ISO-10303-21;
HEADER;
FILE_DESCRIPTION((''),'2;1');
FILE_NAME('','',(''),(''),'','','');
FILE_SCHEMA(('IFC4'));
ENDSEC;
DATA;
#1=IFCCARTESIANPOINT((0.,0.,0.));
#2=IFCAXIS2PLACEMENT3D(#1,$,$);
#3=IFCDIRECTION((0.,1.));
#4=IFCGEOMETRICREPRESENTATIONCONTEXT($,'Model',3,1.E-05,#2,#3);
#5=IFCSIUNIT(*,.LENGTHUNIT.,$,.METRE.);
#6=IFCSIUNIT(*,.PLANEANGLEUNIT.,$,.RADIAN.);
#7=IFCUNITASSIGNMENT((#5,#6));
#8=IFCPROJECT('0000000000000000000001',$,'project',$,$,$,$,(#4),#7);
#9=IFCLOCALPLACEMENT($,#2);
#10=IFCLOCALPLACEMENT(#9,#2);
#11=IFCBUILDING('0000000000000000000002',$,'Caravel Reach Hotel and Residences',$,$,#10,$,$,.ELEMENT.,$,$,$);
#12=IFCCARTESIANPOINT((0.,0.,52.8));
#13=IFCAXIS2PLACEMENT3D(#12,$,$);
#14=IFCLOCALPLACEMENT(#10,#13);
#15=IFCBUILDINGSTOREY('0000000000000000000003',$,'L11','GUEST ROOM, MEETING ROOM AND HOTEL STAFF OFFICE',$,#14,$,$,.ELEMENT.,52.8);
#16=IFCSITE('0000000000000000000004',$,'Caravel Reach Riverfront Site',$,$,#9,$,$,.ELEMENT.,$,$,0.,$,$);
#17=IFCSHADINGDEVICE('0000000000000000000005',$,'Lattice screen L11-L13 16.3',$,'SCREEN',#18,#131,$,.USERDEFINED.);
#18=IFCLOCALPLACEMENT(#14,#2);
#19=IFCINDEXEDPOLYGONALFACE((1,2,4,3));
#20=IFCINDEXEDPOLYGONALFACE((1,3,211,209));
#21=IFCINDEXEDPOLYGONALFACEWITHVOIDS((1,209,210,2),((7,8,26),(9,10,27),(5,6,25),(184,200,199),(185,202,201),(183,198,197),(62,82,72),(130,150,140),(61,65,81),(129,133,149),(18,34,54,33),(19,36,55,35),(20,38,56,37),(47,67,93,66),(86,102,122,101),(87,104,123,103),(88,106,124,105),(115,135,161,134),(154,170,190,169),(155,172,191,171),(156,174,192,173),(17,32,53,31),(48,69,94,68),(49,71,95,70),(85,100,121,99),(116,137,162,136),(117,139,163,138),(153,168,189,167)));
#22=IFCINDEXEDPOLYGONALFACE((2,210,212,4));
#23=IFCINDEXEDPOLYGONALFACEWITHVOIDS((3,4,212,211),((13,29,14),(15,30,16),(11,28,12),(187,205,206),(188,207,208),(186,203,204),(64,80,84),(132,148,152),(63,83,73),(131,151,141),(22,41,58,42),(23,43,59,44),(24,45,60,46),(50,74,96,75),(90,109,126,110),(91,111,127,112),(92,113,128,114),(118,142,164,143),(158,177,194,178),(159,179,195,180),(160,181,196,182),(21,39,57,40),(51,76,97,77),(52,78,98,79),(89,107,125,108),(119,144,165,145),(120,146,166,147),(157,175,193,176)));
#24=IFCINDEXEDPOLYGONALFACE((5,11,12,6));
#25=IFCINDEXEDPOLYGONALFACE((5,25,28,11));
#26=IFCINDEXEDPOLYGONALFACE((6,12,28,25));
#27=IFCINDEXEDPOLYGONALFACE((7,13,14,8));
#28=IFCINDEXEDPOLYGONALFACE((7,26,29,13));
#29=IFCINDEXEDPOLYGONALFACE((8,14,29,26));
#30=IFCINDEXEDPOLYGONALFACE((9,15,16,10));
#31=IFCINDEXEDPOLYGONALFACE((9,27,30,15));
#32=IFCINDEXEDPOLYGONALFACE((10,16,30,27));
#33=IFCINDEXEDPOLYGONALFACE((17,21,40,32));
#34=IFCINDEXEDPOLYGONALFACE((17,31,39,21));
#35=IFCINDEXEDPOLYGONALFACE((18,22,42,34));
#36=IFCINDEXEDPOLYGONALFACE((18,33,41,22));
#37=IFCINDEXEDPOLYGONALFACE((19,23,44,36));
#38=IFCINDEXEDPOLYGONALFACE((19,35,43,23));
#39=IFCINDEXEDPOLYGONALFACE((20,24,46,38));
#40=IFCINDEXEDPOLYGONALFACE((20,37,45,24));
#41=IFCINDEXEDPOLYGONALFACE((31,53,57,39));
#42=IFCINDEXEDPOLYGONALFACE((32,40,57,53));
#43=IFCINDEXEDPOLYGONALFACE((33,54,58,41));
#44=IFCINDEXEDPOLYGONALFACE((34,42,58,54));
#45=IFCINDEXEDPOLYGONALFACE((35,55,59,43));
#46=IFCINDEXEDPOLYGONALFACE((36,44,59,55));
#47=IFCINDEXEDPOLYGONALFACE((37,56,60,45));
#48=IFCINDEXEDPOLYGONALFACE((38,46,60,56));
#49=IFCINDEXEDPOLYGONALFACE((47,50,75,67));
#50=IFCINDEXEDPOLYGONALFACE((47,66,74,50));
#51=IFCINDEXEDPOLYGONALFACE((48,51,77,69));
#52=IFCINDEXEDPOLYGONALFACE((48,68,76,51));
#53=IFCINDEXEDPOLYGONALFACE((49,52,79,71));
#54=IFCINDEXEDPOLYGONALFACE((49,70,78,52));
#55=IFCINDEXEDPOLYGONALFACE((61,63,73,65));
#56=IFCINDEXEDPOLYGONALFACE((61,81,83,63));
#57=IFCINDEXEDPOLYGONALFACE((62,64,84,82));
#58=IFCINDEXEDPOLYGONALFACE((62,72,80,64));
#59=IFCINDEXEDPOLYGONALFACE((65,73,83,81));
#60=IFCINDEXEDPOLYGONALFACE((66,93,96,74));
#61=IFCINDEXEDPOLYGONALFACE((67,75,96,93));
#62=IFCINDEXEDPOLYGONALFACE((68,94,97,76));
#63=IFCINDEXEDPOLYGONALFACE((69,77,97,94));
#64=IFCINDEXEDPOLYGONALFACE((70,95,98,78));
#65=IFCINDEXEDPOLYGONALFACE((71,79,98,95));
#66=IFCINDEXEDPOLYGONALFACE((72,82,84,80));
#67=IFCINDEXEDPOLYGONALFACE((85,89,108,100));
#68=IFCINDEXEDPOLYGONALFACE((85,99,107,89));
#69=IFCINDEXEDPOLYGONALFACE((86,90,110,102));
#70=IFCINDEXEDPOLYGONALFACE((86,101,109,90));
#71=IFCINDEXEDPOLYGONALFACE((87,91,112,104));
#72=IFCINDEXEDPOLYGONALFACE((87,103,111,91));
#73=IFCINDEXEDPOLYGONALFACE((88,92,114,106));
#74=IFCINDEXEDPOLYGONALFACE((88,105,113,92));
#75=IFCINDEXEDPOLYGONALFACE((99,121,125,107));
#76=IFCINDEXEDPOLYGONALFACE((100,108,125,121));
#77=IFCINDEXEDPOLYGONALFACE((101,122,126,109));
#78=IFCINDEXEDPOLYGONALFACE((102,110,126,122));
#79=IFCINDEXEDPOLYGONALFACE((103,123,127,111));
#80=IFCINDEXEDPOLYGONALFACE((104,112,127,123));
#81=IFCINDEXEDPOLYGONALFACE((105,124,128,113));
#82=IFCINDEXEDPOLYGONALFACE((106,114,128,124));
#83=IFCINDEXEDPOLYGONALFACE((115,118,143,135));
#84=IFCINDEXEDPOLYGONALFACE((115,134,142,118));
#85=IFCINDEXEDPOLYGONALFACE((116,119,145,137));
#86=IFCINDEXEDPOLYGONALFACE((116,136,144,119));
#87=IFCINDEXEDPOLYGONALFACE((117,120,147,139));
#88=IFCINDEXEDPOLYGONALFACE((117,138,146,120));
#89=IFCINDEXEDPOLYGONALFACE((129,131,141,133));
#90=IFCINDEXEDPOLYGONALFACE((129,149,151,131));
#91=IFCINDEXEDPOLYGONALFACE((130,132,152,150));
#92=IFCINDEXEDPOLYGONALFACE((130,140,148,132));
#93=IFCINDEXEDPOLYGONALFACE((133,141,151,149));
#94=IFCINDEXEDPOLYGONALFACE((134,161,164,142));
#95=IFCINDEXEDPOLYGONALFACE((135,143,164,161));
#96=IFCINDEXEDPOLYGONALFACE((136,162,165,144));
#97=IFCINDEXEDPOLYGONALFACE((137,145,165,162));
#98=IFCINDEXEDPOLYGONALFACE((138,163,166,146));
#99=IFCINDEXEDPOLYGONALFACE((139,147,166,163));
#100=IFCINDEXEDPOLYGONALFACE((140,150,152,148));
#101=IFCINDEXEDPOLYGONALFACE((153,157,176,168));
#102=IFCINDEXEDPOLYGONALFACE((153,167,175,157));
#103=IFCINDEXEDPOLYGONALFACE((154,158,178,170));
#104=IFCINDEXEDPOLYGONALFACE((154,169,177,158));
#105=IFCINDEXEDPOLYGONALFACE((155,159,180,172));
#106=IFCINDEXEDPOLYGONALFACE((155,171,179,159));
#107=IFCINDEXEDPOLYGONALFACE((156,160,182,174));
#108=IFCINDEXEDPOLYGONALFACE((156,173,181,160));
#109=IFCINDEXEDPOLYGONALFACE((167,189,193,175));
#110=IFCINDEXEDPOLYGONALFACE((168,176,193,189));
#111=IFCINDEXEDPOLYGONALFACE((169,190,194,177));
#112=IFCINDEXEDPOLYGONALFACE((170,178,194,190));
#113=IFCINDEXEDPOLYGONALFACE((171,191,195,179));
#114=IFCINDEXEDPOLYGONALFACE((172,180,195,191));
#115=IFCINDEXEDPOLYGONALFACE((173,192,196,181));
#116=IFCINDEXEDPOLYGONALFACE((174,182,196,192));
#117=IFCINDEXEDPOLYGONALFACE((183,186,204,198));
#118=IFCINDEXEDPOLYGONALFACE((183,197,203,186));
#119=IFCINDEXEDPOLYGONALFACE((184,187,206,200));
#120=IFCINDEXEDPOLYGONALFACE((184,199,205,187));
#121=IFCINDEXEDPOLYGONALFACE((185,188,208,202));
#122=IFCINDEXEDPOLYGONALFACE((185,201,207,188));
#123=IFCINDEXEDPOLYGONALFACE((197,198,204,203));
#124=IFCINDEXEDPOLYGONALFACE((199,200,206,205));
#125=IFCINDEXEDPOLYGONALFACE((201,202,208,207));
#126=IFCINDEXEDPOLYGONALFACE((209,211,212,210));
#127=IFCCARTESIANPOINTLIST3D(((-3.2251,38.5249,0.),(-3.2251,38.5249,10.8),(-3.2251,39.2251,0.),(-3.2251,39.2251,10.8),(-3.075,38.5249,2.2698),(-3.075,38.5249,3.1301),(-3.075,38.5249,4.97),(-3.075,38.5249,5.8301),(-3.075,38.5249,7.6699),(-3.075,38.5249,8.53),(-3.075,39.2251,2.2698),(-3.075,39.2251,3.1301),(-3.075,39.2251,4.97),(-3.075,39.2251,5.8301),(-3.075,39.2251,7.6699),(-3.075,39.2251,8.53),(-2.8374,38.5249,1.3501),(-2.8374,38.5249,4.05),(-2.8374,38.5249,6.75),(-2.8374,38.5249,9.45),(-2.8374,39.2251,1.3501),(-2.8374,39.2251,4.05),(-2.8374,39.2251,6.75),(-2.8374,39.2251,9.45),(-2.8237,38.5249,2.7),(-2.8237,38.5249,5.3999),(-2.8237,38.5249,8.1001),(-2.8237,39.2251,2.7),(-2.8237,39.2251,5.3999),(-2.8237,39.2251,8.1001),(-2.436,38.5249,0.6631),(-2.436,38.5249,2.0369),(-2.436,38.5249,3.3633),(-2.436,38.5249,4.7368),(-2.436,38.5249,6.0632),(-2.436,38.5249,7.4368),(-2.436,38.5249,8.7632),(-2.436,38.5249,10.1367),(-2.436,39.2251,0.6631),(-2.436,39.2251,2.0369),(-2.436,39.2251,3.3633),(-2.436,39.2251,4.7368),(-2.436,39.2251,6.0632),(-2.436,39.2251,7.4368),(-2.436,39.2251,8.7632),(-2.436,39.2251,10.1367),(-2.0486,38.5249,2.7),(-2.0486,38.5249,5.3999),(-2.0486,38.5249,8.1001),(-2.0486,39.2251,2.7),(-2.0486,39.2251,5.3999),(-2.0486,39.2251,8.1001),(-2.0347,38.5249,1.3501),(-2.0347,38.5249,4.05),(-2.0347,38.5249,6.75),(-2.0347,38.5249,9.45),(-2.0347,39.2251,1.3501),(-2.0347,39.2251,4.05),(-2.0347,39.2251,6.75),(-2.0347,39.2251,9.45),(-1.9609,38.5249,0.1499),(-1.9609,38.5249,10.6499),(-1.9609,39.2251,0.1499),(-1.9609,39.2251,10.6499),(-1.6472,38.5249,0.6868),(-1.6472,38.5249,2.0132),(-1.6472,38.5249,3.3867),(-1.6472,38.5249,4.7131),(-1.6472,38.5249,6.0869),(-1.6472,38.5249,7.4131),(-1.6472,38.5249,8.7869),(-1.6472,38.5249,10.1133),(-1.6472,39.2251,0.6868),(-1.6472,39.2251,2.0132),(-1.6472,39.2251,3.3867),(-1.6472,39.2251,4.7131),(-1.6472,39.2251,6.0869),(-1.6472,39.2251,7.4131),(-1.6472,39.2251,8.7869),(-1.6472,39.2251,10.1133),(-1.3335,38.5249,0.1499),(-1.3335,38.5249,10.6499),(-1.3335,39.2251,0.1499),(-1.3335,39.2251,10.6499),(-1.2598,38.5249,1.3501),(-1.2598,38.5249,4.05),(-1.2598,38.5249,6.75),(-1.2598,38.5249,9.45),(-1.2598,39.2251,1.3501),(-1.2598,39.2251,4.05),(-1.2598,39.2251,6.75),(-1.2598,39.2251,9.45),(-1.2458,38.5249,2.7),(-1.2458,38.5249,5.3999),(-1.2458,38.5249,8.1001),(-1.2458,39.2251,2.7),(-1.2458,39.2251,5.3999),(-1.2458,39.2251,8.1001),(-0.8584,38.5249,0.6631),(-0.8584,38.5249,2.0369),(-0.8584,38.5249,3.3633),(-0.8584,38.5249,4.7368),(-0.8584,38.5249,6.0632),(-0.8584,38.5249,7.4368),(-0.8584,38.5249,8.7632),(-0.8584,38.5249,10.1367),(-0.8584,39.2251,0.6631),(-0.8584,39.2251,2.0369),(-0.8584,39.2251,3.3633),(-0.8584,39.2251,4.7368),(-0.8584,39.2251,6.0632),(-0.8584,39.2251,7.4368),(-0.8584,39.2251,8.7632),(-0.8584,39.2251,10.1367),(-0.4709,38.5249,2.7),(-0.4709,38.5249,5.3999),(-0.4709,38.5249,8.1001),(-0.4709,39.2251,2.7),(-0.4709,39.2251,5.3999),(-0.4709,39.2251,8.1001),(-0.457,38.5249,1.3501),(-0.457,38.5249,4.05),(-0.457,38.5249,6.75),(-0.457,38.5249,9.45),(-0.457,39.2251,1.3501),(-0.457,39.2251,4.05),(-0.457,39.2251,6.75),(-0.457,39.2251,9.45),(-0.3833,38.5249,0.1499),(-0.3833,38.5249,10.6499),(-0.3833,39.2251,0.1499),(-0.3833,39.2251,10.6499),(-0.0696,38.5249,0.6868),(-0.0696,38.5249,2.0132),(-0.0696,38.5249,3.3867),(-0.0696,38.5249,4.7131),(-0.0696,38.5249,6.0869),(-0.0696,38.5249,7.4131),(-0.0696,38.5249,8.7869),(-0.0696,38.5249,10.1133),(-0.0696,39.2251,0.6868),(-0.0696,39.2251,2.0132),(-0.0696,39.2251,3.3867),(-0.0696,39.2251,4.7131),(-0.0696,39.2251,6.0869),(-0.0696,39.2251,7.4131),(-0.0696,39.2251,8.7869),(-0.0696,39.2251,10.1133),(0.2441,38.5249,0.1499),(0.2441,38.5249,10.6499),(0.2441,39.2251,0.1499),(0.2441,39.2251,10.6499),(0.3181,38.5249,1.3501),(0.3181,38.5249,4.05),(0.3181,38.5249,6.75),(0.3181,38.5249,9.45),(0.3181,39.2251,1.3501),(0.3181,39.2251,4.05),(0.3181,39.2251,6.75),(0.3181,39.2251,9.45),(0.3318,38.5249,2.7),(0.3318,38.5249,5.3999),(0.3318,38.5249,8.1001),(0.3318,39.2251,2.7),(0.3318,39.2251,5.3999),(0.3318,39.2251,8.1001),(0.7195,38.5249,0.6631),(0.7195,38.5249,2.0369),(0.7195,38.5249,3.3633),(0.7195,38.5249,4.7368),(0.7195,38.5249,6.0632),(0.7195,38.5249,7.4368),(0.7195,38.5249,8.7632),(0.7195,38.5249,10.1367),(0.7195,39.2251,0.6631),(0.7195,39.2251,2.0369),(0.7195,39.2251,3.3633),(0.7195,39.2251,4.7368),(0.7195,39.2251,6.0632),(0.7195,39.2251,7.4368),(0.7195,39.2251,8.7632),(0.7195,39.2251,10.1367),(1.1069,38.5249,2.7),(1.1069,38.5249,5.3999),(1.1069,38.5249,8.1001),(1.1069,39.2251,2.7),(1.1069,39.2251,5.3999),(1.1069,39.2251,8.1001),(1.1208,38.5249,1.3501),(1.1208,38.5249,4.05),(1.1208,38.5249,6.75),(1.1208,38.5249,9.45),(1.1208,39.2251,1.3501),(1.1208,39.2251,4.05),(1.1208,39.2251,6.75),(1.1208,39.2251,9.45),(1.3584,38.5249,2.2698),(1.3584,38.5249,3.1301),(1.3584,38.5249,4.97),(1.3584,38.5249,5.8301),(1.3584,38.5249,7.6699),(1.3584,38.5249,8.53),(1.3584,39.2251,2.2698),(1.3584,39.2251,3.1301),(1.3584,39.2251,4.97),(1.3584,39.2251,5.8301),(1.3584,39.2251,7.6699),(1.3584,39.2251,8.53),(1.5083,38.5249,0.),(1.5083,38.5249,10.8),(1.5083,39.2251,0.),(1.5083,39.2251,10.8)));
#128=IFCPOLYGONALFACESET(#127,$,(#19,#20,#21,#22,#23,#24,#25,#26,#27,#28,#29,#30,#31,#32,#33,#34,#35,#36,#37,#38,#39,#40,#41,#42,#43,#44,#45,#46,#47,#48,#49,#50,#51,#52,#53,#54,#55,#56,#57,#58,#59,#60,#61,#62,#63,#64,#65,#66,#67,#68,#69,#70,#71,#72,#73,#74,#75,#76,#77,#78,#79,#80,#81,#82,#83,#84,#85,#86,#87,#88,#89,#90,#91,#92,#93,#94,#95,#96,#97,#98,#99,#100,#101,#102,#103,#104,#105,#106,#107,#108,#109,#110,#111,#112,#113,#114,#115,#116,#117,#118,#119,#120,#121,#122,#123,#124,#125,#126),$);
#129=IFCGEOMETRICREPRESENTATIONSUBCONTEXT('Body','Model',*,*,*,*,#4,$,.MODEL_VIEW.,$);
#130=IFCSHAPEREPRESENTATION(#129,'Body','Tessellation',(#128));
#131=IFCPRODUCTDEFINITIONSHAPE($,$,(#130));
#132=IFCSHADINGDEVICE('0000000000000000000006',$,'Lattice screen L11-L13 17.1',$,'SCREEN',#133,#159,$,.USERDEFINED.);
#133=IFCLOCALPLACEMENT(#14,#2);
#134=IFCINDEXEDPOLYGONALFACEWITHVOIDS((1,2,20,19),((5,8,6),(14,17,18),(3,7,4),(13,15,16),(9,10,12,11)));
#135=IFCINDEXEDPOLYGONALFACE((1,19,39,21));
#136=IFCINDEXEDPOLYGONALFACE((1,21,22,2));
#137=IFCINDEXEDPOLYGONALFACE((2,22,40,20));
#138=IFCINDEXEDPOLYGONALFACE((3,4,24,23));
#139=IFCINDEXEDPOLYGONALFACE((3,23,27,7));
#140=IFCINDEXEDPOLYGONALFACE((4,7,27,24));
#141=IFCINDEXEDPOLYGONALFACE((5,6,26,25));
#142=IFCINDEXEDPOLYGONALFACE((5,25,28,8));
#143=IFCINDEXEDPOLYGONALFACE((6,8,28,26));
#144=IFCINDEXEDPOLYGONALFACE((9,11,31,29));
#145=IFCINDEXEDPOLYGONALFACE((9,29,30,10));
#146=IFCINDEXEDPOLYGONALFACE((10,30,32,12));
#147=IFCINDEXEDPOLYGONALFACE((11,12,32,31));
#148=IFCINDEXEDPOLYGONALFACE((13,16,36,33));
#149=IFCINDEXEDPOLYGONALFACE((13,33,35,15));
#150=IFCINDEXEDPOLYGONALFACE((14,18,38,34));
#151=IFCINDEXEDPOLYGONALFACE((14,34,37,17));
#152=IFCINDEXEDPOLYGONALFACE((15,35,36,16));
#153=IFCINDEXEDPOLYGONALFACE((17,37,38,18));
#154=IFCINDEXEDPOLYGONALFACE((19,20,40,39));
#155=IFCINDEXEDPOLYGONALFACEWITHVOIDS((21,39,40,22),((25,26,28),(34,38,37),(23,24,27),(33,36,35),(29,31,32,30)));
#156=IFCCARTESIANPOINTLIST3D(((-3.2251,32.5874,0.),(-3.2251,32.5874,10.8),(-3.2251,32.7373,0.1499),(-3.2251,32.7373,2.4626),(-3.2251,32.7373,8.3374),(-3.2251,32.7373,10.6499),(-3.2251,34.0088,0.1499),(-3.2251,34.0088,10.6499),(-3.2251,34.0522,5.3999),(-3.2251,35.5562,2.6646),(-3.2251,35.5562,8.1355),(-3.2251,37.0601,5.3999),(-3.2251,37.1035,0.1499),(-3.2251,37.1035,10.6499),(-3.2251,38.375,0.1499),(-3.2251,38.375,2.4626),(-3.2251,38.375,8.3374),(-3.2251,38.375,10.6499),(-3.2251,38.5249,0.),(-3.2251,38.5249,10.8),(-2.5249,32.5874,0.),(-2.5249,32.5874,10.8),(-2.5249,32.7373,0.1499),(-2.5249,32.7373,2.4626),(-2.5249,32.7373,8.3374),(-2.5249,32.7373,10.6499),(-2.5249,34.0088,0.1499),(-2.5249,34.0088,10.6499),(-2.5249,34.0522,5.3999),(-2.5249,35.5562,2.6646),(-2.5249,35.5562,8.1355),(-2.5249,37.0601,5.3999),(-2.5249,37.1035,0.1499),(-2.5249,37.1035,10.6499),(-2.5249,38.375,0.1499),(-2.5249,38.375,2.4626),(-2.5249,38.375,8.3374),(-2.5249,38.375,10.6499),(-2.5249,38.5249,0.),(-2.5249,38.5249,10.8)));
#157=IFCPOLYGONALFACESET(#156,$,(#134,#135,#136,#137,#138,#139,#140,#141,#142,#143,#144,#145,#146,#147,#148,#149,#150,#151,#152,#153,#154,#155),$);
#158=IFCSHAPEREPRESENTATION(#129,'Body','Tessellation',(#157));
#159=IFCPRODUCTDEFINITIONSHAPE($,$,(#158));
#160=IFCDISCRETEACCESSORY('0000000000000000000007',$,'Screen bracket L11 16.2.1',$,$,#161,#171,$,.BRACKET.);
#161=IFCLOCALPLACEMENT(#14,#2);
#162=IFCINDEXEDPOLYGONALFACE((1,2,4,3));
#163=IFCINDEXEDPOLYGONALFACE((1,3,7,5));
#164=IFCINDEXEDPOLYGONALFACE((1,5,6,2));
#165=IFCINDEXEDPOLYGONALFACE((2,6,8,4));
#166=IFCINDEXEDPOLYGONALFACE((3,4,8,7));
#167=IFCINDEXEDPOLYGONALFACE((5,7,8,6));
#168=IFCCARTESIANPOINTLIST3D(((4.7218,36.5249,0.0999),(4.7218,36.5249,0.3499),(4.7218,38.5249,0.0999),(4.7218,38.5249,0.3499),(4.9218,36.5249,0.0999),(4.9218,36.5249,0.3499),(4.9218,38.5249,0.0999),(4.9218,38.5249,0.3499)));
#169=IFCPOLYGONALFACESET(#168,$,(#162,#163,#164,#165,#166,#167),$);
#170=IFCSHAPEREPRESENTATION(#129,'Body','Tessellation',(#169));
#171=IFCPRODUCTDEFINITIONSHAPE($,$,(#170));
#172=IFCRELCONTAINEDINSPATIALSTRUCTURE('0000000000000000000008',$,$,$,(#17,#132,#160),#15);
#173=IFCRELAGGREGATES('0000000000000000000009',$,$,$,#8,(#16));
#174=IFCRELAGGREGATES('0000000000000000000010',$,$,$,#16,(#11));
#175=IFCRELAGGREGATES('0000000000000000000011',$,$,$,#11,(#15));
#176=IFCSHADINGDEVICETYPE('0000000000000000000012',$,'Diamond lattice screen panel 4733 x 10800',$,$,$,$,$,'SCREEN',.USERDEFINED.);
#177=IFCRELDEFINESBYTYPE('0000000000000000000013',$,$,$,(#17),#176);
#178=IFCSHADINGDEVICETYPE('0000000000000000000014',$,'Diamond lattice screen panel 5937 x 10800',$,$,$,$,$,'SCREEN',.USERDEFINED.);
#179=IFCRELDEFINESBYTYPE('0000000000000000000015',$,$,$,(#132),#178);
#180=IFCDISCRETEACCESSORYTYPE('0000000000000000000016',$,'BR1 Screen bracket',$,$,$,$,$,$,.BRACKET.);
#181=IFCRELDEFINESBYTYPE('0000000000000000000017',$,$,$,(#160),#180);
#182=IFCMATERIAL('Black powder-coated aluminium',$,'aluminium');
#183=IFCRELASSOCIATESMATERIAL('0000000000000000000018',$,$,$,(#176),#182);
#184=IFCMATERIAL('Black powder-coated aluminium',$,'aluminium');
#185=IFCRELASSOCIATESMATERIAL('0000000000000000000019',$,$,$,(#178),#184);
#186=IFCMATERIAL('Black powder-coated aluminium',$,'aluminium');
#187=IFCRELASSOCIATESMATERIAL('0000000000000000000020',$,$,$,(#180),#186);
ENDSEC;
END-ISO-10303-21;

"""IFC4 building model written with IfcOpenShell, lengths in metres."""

from ifc_helpers import new_model, si_unit, direction, frame, origin, origin_2d, place, context, subcontext, project, spatial, polyline, rectangle, outline, extrude, material, type_object, element, save


model = new_model("IFC4")

# Units and contexts
model_context = context("Model", 3, precision=1e-05, world=origin(), true_north=direction((0.0, 1.0)))
body_context = subcontext(model_context, "Body", "Model", "MODEL_VIEW")
ifc_project = project(units=[si_unit("LENGTHUNIT", "METRE"), si_unit("PLANEANGLEUNIT", "RADIAN")], contexts=[model_context])

# Site, building, storey
site_placement = place(None, origin())
site = spatial("IfcSite", under=ifc_project, at=site_placement, Name="Caravel Reach Riverfront Site", CompositionType="ELEMENT", RefElevation=0.0)
building_placement = place(site_placement, origin())
building = spatial("IfcBuilding", under=site, at=building_placement, Name="Caravel Reach Hotel and Residences", CompositionType="ELEMENT")
storey_placement = place(building_placement, frame((0.0, 0.0, 52.8)))
storey = spatial("IfcBuildingStorey", under=building, at=storey_placement, Name="L11", Description="GUEST ROOM, MEETING ROOM AND HOTEL STAFF OFFICE", CompositionType="ELEMENT", Elevation=52.8)

# Shading devices
ifc_material_1 = material(Name="Black powder-coated aluminium", Category="aluminium")
shading_device_type_1 = type_object("IfcShadingDeviceType", Name="Diamond lattice screen panel 4733 x 10800", ElementType="SCREEN", PredefinedType="USERDEFINED", material=ifc_material_1)
shading_device_1_placement = place(storey_placement, frame((1.5083, 38.5249, 0.0), z_axis=(0.0, 1.0, 0.0), x_axis=(-1.0, 0.0, 0.0)))
element("IfcShadingDevice", 1, at=shading_device_1_placement, inside=storey, type_object=shading_device_type_1, Name="Lattice screen L11-L13 16.3", ObjectType="SCREEN", PredefinedType="USERDEFINED", context=body_context, shape_type="SweptSolid", body=[
    extrude(outline(polyline([(0.0, 0.0), (4.7334, 0.0), (4.7334, 10.8), (0.0, 10.8), (0.0, 0.0)]), holes=[polyline([(0.4014, 2.7), (0.1499, 3.1301), (0.1499, 2.2698), (0.4014, 2.7)]), polyline([(0.4014, 5.3999), (0.1499, 5.8301), (0.1499, 4.97), (0.4014, 5.3999)]), polyline([(0.4014, 8.1001), (0.1499, 8.53), (0.1499, 7.6699), (0.4014, 8.1001)]), polyline([(0.7888, 2.0369), (0.3875, 1.3501), (0.7888, 0.6631), (1.1902, 1.3501), (0.7888, 2.0369)]), polyline([(0.7888, 4.7368), (0.3875, 4.05), (0.7888, 3.3633), (1.1902, 4.05), (0.7888, 4.7368)]), polyline([(0.7888, 7.4368), (0.3875, 6.75), (0.7888, 6.0632), (1.1902, 6.75), (0.7888, 7.4368)]), polyline([(0.7888, 10.1367), (0.3875, 9.45), (0.7888, 8.7632), (1.1902, 9.45), (0.7888, 10.1367)]), polyline([(1.5779, 0.6868), (1.2642, 0.1499), (1.8916, 0.1499), (1.5779, 0.6868)]), polyline([(1.5779, 3.3867), (1.1765, 2.7), (1.5779, 2.0132), (1.9792, 2.7), (1.5779, 3.3867)]), polyline([(1.5779, 6.0869), (1.1765, 5.3999), (1.5779, 4.7131), (1.9792, 5.3999), (1.5779, 6.0869)]), polyline([(1.5779, 8.7869), (1.1765, 8.1001), (1.5779, 7.4131), (1.9792, 8.1001), (1.5779, 8.7869)]), polyline([(1.5779, 10.1133), (1.8916, 10.6499), (1.2642, 10.6499), (1.5779, 10.1133)]), polyline([(2.3667, 2.0369), (1.9653, 1.3501), (2.3667, 0.6631), (2.7681, 1.3501), (2.3667, 2.0369)]), polyline([(2.3667, 4.7368), (1.9653, 4.05), (2.3667, 3.3633), (2.7681, 4.05), (2.3667, 4.7368)]), polyline([(2.3667, 7.4368), (1.9653, 6.75), (2.3667, 6.0632), (2.7681, 6.75), (2.3667, 7.4368)]), polyline([(2.3667, 10.1367), (1.9653, 9.45), (2.3667, 8.7632), (2.7681, 9.45), (2.3667, 10.1367)]), polyline([(3.1555, 0.6868), (2.8418, 0.1499), (3.4692, 0.1499), (3.1555, 0.6868)]), polyline([(3.1555, 3.3867), (2.7542, 2.7), (3.1555, 2.0132), (3.5569, 2.7), (3.1555, 3.3867)]), polyline([(3.1555, 6.0869), (2.7542, 5.3999), (3.1555, 4.7131), (3.5569, 5.3999), (3.1555, 6.0869)]), polyline([(3.1555, 8.7869), (2.7542, 8.1001), (3.1555, 7.4131), (3.5569, 8.1001), (3.1555, 8.7869)]), polyline([(3.1555, 10.1133), (3.4692, 10.6499), (2.8418, 10.6499), (3.1555, 10.1133)]), polyline([(3.9443, 2.0369), (3.543, 1.3501), (3.9443, 0.6631), (4.3457, 1.3501), (3.9443, 2.0369)]), polyline([(3.9443, 4.7368), (3.543, 4.05), (3.9443, 3.3633), (4.3457, 4.05), (3.9443, 4.7368)]), polyline([(3.9443, 7.4368), (3.543, 6.75), (3.9443, 6.0632), (4.3457, 6.75), (3.9443, 7.4368)]), polyline([(3.9443, 10.1367), (3.543, 9.45), (3.9443, 8.7632), (4.3457, 9.45), (3.9443, 10.1367)]), polyline([(4.332, 2.7), (4.5833, 2.2698), (4.5833, 3.1301), (4.332, 2.7)]), polyline([(4.332, 5.3999), (4.5833, 4.97), (4.5833, 5.8301), (4.332, 5.3999)]), polyline([(4.332, 8.1001), (4.5833, 7.6699), (4.5833, 8.53), (4.332, 8.1001)])]), origin(), (0.0, 0.0, 1.0), 0.7002),
])
ifc_material_2 = material(Name="Black powder-coated aluminium", Category="aluminium")
shading_device_type_2 = type_object("IfcShadingDeviceType", Name="Diamond lattice screen panel 5937 x 10800", ElementType="SCREEN", PredefinedType="USERDEFINED", material=ifc_material_2)
shading_device_2_placement = place(storey_placement, frame((-2.5249, 38.5249, 0.0), z_axis=(-1.0, 0.0, 0.0), x_axis=(0.0, -1.0, 0.0)))
element("IfcShadingDevice", 2, at=shading_device_2_placement, inside=storey, type_object=shading_device_type_2, Name="Lattice screen L11-L13 17.1", ObjectType="SCREEN", PredefinedType="USERDEFINED", context=body_context, shape_type="SweptSolid", body=[
    extrude(outline(polyline([(0.0, 0.0), (5.9375, 0.0), (5.9375, 10.8), (0.0, 10.8), (0.0, 0.0)]), holes=[polyline([(1.4214, 0.1499), (0.1499, 2.4626), (0.1499, 0.1499), (1.4214, 0.1499)]), polyline([(0.1499, 8.3374), (1.4214, 10.6499), (0.1499, 10.6499), (0.1499, 8.3374)]), polyline([(2.9688, 8.1355), (1.4648, 5.3999), (2.9688, 2.6646), (4.4727, 5.3999), (2.9688, 8.1355)]), polyline([(5.7876, 2.4626), (4.5161, 0.1499), (5.7876, 0.1499), (5.7876, 2.4626)]), polyline([(4.5161, 10.6499), (5.7876, 8.3374), (5.7876, 10.6499), (4.5161, 10.6499)])]), origin(), (0.0, 0.0, 1.0), 0.7002),
])

# Discrete accessory
ifc_material_3 = material(Name="Black powder-coated aluminium", Category="aluminium")
discrete_accessory_type = type_object("IfcDiscreteAccessoryType", Name="BR1 Screen bracket", PredefinedType="BRACKET", material=ifc_material_3)
discrete_accessory_placement = place(storey_placement, frame((4.8218, 37.5249, 0.0999), z_axis=(0.0, 0.0, 1.0), x_axis=(0.0, 1.0, 0.0)))
element("IfcDiscreteAccessory", 3, at=discrete_accessory_placement, inside=storey, type_object=discrete_accessory_type, Name="Screen bracket L11 16.2.1", PredefinedType="BRACKET", context=body_context, shape_type="SweptSolid", body=[
    extrude(rectangle(XDim=2.0, YDim=0.2, at=origin_2d()), origin(), (0.0, 0.0, 1.0), 0.25),
])

save(model, "model.ifc")
